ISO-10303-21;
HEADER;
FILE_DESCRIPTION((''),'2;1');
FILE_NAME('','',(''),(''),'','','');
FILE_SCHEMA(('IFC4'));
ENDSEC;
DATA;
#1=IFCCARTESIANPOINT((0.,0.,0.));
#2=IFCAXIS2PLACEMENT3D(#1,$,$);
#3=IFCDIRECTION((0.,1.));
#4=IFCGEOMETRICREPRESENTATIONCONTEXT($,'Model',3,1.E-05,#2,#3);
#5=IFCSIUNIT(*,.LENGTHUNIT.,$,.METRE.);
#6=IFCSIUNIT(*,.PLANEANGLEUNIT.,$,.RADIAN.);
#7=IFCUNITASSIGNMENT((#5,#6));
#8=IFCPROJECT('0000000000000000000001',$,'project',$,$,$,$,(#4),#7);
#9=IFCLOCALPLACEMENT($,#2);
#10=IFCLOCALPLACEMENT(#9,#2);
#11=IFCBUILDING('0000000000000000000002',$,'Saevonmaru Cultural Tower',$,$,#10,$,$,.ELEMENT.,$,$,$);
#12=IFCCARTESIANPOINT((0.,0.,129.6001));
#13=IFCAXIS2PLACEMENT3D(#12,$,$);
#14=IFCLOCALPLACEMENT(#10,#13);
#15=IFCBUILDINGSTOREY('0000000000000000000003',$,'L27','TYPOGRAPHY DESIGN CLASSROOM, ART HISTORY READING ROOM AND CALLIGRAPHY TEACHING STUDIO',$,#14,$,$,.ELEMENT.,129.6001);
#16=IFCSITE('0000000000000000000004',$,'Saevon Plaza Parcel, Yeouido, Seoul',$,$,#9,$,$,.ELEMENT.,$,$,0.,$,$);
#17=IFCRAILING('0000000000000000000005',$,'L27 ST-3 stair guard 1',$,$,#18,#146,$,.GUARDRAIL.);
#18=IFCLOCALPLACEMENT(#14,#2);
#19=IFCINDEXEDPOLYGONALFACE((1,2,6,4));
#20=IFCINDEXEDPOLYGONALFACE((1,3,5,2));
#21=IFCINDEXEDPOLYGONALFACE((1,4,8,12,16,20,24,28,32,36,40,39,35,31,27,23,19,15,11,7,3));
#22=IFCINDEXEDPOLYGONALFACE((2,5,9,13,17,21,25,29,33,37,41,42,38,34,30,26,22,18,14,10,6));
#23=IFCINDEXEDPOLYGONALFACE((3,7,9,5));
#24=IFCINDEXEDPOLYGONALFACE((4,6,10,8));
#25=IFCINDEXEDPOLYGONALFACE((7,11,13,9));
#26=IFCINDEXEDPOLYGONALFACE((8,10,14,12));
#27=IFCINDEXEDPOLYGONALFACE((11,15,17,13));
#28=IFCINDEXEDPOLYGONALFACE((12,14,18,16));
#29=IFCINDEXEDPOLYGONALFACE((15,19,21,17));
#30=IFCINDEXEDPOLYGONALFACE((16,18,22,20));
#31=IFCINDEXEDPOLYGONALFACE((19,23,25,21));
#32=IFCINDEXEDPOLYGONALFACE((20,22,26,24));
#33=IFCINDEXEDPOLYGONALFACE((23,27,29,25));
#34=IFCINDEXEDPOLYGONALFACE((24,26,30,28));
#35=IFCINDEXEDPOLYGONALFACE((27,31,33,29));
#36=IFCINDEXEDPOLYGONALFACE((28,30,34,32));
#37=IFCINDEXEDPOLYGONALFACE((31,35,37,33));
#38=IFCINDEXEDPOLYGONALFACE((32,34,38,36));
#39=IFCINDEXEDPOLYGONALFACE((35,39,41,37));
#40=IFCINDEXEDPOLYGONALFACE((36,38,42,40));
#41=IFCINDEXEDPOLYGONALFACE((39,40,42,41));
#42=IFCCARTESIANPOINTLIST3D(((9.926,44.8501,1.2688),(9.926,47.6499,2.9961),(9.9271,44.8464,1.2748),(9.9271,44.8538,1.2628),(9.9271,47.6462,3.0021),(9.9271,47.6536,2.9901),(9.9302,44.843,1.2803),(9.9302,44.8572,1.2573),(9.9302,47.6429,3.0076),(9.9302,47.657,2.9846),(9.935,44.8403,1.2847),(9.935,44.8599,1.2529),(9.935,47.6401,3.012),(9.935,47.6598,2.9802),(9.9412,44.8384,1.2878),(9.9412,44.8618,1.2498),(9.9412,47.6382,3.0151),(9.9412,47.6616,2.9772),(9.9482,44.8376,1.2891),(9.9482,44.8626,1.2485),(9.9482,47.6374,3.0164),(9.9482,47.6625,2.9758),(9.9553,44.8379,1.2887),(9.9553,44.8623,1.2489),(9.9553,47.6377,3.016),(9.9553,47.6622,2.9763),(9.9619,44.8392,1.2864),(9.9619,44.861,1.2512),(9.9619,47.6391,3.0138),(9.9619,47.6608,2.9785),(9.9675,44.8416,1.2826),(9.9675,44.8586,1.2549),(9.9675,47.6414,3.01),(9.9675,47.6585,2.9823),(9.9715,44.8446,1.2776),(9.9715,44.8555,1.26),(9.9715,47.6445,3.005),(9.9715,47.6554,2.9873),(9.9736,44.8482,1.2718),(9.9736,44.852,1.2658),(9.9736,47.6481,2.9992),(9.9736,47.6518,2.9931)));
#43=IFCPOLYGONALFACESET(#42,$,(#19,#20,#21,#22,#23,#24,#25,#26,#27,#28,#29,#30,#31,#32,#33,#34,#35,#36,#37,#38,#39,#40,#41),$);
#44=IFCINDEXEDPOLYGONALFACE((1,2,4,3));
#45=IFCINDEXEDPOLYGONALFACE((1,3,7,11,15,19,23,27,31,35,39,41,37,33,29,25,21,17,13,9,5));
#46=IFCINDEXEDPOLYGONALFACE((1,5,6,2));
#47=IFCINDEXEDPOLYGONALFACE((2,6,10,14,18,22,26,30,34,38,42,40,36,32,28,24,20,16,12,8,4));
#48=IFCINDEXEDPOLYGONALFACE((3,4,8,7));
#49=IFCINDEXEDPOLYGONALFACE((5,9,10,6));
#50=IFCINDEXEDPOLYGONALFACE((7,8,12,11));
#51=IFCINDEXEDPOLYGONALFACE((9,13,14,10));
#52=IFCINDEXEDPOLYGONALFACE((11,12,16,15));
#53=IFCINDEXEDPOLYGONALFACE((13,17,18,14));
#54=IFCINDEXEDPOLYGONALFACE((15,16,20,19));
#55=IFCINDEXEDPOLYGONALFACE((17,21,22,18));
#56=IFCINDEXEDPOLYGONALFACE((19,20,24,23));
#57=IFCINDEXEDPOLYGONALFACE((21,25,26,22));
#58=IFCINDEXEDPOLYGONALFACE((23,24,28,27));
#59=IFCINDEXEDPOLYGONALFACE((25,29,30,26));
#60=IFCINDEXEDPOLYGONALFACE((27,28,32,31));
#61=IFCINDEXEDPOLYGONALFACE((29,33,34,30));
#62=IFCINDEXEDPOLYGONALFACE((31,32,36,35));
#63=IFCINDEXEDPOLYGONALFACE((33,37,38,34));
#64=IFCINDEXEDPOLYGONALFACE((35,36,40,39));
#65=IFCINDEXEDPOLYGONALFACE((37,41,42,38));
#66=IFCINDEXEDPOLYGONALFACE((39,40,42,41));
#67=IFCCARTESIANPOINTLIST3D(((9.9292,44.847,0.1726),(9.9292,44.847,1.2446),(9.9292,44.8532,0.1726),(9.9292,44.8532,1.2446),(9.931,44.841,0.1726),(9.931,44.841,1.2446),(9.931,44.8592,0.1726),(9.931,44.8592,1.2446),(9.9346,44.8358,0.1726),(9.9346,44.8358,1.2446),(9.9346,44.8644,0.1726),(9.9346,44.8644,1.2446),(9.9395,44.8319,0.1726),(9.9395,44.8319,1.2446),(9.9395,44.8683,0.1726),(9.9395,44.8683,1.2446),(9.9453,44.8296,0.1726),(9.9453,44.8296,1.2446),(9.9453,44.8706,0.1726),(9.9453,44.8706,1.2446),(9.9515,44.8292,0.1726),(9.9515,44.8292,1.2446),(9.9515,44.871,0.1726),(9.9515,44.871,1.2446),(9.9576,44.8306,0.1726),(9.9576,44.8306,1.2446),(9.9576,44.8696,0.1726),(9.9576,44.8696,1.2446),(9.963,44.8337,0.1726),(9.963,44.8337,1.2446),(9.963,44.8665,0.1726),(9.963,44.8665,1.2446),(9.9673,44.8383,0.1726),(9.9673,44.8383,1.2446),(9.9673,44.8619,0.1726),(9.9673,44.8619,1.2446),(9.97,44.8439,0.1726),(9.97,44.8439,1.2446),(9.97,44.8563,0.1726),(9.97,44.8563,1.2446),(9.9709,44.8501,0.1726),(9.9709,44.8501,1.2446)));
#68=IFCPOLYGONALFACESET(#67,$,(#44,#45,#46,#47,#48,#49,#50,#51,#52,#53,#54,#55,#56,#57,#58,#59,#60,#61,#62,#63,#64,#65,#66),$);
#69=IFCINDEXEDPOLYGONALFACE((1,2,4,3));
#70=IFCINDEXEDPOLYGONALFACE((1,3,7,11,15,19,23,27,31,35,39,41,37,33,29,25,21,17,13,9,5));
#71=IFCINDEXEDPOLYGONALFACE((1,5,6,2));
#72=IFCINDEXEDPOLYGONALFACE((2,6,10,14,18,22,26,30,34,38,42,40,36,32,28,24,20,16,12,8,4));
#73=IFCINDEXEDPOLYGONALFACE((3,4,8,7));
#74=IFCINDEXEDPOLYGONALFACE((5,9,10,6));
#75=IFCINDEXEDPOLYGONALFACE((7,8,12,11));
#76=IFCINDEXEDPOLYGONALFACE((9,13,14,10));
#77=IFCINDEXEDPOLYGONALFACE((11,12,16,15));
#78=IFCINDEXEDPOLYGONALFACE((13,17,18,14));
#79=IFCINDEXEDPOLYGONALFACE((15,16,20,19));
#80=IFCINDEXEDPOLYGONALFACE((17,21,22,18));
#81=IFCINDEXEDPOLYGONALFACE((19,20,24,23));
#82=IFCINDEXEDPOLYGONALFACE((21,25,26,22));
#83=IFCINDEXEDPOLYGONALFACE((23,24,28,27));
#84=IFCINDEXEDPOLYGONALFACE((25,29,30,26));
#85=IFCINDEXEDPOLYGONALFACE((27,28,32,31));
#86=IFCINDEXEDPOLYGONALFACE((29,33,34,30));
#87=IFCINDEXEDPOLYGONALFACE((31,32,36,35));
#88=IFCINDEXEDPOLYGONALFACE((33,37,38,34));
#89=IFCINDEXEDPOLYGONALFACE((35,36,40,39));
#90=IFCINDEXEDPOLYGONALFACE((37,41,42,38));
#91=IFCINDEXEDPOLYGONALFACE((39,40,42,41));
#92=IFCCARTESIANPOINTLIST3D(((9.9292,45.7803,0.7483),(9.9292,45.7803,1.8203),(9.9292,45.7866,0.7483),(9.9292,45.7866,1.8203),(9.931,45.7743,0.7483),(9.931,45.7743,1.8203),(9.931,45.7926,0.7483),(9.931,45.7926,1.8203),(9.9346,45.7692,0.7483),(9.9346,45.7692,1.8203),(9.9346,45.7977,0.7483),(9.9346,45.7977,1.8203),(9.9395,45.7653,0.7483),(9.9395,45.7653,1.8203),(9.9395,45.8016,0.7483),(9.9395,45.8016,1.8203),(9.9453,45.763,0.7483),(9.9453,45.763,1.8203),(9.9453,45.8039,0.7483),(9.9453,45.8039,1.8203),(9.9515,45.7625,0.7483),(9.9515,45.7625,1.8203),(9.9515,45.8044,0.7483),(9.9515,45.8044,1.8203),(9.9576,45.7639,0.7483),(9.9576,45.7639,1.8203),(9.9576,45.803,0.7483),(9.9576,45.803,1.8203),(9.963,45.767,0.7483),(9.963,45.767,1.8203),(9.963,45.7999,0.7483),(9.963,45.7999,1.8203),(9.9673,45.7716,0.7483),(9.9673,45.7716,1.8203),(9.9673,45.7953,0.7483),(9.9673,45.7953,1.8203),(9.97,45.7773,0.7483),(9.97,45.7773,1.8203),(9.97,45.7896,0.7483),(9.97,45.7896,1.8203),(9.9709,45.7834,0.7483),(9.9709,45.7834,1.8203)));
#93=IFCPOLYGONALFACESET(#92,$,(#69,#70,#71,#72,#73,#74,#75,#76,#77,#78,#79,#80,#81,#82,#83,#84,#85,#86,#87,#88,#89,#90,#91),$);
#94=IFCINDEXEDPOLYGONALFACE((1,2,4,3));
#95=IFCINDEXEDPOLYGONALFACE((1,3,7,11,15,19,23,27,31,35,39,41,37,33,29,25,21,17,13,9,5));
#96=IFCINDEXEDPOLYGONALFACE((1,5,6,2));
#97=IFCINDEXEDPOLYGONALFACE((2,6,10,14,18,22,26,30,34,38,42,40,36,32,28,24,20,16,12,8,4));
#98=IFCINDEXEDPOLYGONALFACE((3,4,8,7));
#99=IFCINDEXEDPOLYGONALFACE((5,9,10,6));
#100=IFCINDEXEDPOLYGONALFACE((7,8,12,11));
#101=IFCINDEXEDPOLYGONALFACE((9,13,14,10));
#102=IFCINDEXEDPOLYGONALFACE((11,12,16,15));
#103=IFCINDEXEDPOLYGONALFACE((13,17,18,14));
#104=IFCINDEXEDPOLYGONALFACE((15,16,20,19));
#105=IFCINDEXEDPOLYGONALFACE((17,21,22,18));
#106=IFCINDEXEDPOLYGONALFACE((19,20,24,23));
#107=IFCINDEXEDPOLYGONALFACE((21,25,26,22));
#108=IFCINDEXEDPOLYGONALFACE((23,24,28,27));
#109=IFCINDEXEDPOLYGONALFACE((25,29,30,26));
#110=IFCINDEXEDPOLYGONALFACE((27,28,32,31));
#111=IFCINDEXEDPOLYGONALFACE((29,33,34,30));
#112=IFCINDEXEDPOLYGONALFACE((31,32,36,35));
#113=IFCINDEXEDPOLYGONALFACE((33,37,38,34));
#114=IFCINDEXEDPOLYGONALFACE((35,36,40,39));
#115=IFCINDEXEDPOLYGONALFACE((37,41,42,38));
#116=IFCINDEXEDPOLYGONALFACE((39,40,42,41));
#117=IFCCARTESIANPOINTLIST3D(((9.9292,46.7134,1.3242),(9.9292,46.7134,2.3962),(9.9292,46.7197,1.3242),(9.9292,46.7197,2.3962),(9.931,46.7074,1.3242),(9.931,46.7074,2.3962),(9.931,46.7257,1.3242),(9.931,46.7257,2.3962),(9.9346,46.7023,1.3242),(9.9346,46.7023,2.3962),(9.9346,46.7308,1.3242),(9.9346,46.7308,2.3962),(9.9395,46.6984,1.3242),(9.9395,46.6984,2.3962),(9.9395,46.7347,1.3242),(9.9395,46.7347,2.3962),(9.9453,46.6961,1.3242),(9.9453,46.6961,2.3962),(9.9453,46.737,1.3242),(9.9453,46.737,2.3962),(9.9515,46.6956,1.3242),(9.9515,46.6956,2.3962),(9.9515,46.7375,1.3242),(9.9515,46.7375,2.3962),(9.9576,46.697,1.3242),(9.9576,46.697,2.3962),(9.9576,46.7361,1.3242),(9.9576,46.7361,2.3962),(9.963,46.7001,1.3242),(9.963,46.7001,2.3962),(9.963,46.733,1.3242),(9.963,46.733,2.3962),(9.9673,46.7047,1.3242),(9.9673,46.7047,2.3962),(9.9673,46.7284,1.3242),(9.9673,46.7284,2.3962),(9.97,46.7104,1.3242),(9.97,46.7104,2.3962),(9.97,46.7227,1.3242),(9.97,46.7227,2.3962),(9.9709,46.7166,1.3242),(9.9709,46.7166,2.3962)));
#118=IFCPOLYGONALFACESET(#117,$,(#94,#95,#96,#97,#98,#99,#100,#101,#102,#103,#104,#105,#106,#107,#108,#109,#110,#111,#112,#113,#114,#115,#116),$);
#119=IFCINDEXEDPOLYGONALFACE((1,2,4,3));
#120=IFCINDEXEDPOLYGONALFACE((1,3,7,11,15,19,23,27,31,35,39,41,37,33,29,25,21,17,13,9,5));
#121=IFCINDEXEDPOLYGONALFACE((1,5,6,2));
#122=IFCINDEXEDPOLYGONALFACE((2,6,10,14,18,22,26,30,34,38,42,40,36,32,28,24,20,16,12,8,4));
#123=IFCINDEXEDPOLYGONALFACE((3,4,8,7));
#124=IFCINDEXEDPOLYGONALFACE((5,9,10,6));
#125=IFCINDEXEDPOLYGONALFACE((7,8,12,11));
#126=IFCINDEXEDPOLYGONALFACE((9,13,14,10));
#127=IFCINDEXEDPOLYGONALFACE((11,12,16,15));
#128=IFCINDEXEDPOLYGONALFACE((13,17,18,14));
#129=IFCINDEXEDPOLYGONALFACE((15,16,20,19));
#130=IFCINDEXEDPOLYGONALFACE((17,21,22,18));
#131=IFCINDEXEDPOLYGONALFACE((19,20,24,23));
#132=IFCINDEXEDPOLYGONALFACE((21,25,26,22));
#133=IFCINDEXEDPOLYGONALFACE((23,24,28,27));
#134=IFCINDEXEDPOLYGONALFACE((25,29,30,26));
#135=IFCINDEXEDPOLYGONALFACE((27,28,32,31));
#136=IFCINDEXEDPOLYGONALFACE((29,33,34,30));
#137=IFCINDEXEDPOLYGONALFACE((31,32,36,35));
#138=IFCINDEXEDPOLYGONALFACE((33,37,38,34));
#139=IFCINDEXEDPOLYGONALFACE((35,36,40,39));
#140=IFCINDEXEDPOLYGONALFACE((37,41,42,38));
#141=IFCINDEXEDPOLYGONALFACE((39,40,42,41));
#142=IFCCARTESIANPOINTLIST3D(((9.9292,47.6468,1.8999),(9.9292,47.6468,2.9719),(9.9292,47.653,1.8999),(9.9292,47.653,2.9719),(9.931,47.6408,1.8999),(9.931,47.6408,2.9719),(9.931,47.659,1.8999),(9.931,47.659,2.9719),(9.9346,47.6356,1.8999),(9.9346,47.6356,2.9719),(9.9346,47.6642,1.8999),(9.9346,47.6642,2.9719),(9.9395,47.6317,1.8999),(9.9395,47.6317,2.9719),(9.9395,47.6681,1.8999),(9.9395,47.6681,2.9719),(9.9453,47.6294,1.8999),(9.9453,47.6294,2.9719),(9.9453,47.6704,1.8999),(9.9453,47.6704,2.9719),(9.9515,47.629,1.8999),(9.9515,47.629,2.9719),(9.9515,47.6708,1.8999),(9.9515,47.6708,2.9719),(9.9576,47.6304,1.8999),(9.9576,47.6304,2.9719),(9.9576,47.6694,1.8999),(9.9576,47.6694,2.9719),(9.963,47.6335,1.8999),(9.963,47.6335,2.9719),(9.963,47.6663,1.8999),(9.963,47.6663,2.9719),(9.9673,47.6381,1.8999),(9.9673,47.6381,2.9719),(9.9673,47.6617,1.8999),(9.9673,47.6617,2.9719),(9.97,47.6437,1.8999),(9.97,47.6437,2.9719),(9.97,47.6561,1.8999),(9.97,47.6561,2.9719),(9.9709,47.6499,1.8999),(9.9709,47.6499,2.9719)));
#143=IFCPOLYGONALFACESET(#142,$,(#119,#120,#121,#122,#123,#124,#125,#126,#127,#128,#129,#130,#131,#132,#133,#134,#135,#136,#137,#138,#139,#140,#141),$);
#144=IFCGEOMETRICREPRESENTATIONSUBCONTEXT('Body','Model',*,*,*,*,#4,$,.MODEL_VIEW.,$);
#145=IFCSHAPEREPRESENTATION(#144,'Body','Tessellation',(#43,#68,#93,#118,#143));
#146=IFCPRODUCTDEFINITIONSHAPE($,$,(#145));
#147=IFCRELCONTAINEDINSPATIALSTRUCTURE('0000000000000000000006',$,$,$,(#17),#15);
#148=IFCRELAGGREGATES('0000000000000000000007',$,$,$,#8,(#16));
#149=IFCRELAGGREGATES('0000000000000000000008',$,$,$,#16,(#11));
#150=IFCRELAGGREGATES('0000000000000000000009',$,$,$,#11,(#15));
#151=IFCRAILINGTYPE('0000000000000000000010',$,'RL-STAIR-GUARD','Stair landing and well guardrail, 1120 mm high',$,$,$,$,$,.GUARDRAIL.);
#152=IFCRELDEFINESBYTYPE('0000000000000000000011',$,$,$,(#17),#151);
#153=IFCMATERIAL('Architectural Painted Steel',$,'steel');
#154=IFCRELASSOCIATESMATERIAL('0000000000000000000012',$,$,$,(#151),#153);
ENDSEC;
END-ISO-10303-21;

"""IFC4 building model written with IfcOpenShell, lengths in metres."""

from ifc_helpers import new_model, si_unit, direction, frame, origin, origin_2d, place, context, subcontext, project, spatial, circle, extrude, material, type_object, element, save


model = new_model("IFC4")

# Units and contexts
model_context = context("Model", 3, precision=1e-05, world=origin(), true_north=direction((0.0, 1.0)))
body_context = subcontext(model_context, "Body", "Model", "MODEL_VIEW")
ifc_project = project(units=[si_unit("LENGTHUNIT", "METRE"), si_unit("PLANEANGLEUNIT", "RADIAN")], contexts=[model_context])

# Site, building, storey
site_placement = place(None, origin())
site = spatial("IfcSite", under=ifc_project, at=site_placement, Name="Saevon Plaza Parcel, Yeouido, Seoul", CompositionType="ELEMENT", RefElevation=0.0)
building_placement = place(site_placement, origin())
building = spatial("IfcBuilding", under=site, at=building_placement, Name="Saevonmaru Cultural Tower", CompositionType="ELEMENT")
storey_placement = place(building_placement, frame((0.0, 0.0, 129.6001)))
storey = spatial("IfcBuildingStorey", under=building, at=storey_placement, Name="L27", Description="TYPOGRAPHY DESIGN CLASSROOM, ART HISTORY READING ROOM AND CALLIGRAPHY TEACHING STUDIO", CompositionType="ELEMENT", Elevation=129.6001)

# Railing
ifc_material_1 = material(Name="Architectural Painted Steel", Category="steel")
railing_type_1 = type_object("IfcRailingType", Name="RL-STAIR-GUARD", Description="Stair landing and well guardrail, 1120 mm high", PredefinedType="GUARDRAIL", material=ifc_material_1)
railing_1_placement = place(storey_placement, frame((9.95, 44.8501, 0.1726)))
element("IfcRailing", 1, at=railing_1_placement, inside=storey, type_object=railing_type_1, Name="L27 ST-3 stair guard 1", PredefinedType="GUARDRAIL", context=body_context, shape_type="SweptSolid", body=[
    extrude(circle(Radius=0.0239, at=origin_2d()), frame((0.0, 0.0, 1.0962), z_axis=(0.0, 0.851069, 0.525054), x_axis=(-1.0, 0.0, 0.0)), (0.0, 0.0, 1.0), 3.2898),
    extrude(circle(Radius=0.021, at=origin_2d()), origin(), (0.0, 0.0, 1.0), 1.072),
    extrude(circle(Radius=0.021, at=origin_2d()), frame((0.0, 0.9333, 0.5757)), (0.0, 0.0, 1.0), 1.072),
    extrude(circle(Radius=0.021, at=origin_2d()), frame((0.0, 1.8665, 1.1516)), (0.0, 0.0, 1.0), 1.072),
    extrude(circle(Radius=0.021, at=origin_2d()), frame((0.0, 2.7998, 1.7273)), (0.0, 0.0, 1.0), 1.072),
])

save(model, "model.ifc")
